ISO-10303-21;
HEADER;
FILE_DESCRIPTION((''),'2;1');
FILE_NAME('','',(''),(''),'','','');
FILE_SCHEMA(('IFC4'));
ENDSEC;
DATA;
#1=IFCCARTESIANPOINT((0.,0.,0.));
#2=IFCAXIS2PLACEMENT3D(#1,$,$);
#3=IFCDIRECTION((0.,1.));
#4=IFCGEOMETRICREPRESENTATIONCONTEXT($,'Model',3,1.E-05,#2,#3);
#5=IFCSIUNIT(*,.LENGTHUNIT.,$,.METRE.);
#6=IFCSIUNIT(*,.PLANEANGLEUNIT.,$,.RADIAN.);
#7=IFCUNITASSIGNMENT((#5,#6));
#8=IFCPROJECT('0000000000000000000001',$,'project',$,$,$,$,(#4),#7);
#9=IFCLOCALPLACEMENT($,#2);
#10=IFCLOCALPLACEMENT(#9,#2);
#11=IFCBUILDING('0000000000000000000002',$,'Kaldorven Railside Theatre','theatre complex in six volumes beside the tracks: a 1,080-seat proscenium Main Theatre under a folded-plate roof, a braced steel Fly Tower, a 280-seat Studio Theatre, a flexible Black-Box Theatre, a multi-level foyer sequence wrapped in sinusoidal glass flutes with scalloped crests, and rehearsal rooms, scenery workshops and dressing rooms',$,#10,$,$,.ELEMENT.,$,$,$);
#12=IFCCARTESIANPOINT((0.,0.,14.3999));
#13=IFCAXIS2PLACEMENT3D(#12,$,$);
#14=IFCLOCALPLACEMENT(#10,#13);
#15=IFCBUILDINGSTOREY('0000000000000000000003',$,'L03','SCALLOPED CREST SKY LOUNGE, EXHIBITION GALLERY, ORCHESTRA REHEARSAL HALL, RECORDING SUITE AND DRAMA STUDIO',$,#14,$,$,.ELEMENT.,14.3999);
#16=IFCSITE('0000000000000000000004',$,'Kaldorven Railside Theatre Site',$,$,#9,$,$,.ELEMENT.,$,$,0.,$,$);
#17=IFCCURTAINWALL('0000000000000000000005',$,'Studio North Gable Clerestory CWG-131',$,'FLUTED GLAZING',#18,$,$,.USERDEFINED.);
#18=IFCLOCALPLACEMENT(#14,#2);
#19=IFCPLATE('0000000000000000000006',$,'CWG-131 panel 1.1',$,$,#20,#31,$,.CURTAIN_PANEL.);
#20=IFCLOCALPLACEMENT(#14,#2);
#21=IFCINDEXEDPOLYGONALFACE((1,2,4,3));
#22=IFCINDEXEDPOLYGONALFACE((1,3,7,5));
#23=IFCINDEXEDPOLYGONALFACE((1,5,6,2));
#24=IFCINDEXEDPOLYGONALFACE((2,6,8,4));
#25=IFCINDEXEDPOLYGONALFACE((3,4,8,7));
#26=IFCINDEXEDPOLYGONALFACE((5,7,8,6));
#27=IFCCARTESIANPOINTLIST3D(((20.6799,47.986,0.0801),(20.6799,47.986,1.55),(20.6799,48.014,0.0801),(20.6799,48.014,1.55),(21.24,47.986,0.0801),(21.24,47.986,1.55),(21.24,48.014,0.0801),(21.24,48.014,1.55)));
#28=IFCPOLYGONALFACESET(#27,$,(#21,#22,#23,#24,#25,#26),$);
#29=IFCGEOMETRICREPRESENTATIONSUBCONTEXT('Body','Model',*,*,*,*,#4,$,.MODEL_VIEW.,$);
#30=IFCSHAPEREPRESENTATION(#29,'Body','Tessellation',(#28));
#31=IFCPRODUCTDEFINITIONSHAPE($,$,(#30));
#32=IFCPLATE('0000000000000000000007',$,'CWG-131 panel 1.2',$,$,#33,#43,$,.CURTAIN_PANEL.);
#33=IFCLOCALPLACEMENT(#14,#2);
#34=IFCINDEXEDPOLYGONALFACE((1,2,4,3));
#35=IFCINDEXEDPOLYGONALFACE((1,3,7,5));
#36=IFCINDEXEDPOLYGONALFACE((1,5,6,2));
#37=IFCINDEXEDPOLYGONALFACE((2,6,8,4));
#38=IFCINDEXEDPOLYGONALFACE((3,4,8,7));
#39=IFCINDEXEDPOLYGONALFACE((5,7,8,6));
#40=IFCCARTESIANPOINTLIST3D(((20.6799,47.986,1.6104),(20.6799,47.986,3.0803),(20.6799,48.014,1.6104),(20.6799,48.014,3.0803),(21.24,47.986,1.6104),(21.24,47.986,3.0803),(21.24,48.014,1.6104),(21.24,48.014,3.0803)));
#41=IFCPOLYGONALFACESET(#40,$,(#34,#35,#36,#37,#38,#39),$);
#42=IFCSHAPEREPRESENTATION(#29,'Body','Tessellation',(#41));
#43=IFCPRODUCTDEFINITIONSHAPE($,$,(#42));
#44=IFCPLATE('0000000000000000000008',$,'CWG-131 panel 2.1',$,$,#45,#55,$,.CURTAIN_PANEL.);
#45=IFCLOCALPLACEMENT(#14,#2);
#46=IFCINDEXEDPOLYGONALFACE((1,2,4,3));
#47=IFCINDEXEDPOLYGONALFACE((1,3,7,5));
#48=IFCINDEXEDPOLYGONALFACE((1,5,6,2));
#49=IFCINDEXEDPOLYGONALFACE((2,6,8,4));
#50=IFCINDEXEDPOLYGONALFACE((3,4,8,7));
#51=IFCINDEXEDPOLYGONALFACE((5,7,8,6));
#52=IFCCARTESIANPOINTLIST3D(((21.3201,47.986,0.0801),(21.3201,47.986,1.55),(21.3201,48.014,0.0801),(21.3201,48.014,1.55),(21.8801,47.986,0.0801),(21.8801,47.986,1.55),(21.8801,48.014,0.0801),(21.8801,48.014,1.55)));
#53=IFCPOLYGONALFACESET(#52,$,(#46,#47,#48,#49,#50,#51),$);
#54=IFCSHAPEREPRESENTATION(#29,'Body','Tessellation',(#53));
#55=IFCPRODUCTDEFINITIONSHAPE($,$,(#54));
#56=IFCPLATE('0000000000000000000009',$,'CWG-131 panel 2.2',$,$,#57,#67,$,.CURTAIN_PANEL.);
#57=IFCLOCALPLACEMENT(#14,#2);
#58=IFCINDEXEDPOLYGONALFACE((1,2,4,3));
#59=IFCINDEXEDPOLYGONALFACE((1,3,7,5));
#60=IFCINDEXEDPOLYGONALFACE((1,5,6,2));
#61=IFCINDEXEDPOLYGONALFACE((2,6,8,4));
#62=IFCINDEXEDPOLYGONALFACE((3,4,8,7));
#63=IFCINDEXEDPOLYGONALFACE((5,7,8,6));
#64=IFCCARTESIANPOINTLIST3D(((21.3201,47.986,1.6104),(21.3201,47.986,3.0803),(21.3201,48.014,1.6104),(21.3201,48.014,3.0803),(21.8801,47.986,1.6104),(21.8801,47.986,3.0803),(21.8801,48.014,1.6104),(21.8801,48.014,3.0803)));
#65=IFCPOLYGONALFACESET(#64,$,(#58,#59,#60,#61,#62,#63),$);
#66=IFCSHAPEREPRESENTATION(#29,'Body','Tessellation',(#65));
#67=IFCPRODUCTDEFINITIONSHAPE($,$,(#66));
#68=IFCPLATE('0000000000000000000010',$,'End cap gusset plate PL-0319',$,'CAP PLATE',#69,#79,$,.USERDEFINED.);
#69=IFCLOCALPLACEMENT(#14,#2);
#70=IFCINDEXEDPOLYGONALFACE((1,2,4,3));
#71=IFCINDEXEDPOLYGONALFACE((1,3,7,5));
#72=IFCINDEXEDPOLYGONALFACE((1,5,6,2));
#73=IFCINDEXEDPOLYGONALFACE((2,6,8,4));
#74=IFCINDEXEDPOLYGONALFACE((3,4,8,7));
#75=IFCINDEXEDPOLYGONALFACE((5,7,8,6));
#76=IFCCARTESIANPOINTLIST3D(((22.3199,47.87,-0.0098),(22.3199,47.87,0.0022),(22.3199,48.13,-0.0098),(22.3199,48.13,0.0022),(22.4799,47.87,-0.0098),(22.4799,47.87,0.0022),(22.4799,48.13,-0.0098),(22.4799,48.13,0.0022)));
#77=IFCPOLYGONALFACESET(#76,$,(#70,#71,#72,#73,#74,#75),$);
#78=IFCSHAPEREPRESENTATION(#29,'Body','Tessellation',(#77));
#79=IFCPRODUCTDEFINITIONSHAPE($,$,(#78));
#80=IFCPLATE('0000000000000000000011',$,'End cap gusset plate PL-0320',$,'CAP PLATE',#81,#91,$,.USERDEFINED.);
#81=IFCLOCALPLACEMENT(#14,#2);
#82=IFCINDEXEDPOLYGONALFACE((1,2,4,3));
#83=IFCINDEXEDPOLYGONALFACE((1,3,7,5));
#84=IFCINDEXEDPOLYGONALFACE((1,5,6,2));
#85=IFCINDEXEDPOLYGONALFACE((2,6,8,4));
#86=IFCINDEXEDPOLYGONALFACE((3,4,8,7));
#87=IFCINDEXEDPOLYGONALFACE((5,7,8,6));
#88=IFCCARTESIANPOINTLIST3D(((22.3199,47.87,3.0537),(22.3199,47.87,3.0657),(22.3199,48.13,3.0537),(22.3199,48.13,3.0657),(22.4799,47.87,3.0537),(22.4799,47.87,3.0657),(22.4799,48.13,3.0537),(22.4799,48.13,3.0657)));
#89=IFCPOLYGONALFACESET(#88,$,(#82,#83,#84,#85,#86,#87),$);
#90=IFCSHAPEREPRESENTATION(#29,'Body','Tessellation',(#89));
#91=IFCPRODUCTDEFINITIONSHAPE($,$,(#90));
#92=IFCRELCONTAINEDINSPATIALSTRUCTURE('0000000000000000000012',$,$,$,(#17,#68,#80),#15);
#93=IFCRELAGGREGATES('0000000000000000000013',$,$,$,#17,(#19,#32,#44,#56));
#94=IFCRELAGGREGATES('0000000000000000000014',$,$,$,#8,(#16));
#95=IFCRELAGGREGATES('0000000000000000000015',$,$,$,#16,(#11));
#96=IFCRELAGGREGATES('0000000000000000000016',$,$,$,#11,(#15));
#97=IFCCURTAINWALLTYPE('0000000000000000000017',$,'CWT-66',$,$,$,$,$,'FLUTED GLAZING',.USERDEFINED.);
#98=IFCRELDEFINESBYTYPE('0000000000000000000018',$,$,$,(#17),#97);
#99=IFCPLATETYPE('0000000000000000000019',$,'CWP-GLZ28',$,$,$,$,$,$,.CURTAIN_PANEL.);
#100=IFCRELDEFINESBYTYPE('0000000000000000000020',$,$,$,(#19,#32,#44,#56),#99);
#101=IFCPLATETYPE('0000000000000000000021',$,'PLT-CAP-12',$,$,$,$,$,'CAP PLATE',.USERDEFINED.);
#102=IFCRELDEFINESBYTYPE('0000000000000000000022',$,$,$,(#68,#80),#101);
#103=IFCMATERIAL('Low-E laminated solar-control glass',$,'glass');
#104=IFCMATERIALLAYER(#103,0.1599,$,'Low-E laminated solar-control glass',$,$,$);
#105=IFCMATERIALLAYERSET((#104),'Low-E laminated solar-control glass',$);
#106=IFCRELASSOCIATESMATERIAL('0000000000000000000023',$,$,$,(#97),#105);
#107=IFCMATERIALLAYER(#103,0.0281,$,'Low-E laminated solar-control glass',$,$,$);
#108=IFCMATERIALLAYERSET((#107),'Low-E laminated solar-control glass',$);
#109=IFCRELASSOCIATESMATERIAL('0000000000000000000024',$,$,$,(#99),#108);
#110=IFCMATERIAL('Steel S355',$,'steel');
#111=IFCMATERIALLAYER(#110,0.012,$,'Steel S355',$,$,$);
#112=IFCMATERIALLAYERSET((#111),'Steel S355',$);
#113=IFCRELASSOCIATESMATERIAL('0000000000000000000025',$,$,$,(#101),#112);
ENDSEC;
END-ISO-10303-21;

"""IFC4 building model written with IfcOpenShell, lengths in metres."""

from ifc_helpers import new_model, si_unit, direction, frame, origin, origin_2d, place, context, subcontext, project, spatial, rectangle, extrude, material, layer, layer_set, type_object, element, aggregate, save


model = new_model("IFC4")

# Units and contexts
model_context = context("Model", 3, precision=1e-05, world=origin(), true_north=direction((0.0, 1.0)))
body_context = subcontext(model_context, "Body", "Model", "MODEL_VIEW")
ifc_project = project(units=[si_unit("LENGTHUNIT", "METRE"), si_unit("PLANEANGLEUNIT", "RADIAN")], contexts=[model_context])

# Site, building, storey
site_placement = place(None, origin())
site = spatial("IfcSite", under=ifc_project, at=site_placement, Name="Kaldorven Railside Theatre Site", CompositionType="ELEMENT", RefElevation=0.0)
building_placement = place(site_placement, origin())
building = spatial("IfcBuilding", under=site, at=building_placement, Name="Kaldorven Railside Theatre", Description="theatre complex in six volumes beside the tracks: a 1,080-seat proscenium Main Theatre under a folded-plate roof, a braced steel Fly Tower, a 280-seat Studio Theatre, a flexible Black-Box Theatre, a multi-level foyer sequence wrapped in sinusoidal glass flutes with scalloped crests, and rehearsal rooms, scenery workshops and dressing rooms", CompositionType="ELEMENT")
storey_placement = place(building_placement, frame((0.0, 0.0, 14.3999)))
storey = spatial("IfcBuildingStorey", under=building, at=storey_placement, Name="L03", Description="SCALLOPED CREST SKY LOUNGE, EXHIBITION GALLERY, ORCHESTRA REHEARSAL HALL, RECORDING SUITE AND DRAMA STUDIO", CompositionType="ELEMENT", Elevation=14.3999)

# Curtain wall
ifc_material_1 = material(Name="Low-E laminated solar-control glass", Category="glass")
ifc_layer_1 = layer(ifc_material_1, 0.1599, Name="Low-E laminated solar-control glass")
ifc_layer_set_1 = layer_set([ifc_layer_1], Name="Low-E laminated solar-control glass")
curtain_wall_type_1 = type_object("IfcCurtainWallType", Name="CWT-66", ElementType="FLUTED GLAZING", PredefinedType="USERDEFINED", material=ifc_layer_set_1)
curtain_wall_1_placement = place(storey_placement, origin())
curtain_wall_1 = element("IfcCurtainWall", 1, at=curtain_wall_1_placement, inside=storey, type_object=curtain_wall_type_1, Name="Studio North Gable Clerestory CWG-131", ObjectType="FLUTED GLAZING", PredefinedType="USERDEFINED")

# Shared definitions
ifc_material_2 = material(Name="Steel S355", Category="steel")

# Plates
ifc_layer_2 = layer(ifc_material_1, 0.0281, Name="Low-E laminated solar-control glass")
ifc_layer_set_2 = layer_set([ifc_layer_2], Name="Low-E laminated solar-control glass")
plate_type_1 = type_object("IfcPlateType", Name="CWP-GLZ28", PredefinedType="CURTAIN_PANEL", material=ifc_layer_set_2)
plate_1_placement = place(storey_placement, frame((20.96, 48.0, 0.0801), z_axis=(0.0, 0.0, 1.0), x_axis=(1.0, 0.0, 0.0)))
plate_1 = element("IfcPlate", 2, at=plate_1_placement, type_object=plate_type_1, Name="CWG-131 panel 1.1", PredefinedType="CURTAIN_PANEL", context=body_context, shape_type="SweptSolid", body=[
    extrude(rectangle(XDim=0.5601, YDim=0.0281, at=origin_2d()), origin(), (0.0, 0.0, 1.0), 1.47),
])
plate_2_placement = place(storey_placement, frame((20.96, 48.0, 1.6104), z_axis=(0.0, 0.0, 1.0), x_axis=(1.0, 0.0, 0.0)))
plate_2 = element("IfcPlate", 3, at=plate_2_placement, type_object=plate_type_1, Name="CWG-131 panel 1.2", PredefinedType="CURTAIN_PANEL", context=body_context, shape_type="SweptSolid", body=[
    extrude(rectangle(XDim=0.5601, YDim=0.0281, at=origin_2d()), origin(), (0.0, 0.0, 1.0), 1.47),
])
plate_3_placement = place(storey_placement, frame((21.6001, 48.0, 0.0801), z_axis=(0.0, 0.0, 1.0), x_axis=(1.0, 0.0, 0.0)))
plate_3 = element("IfcPlate", 4, at=plate_3_placement, type_object=plate_type_1, Name="CWG-131 panel 2.1", PredefinedType="CURTAIN_PANEL", context=body_context, shape_type="SweptSolid", body=[
    extrude(rectangle(XDim=0.5601, YDim=0.0281, at=origin_2d()), origin(), (0.0, 0.0, 1.0), 1.47),
])
plate_4_placement = place(storey_placement, frame((21.6001, 48.0, 1.6104), z_axis=(0.0, 0.0, 1.0), x_axis=(1.0, 0.0, 0.0)))
plate_4 = element("IfcPlate", 5, at=plate_4_placement, type_object=plate_type_1, Name="CWG-131 panel 2.2", PredefinedType="CURTAIN_PANEL", context=body_context, shape_type="SweptSolid", body=[
    extrude(rectangle(XDim=0.5601, YDim=0.0281, at=origin_2d()), origin(), (0.0, 0.0, 1.0), 1.47),
])
aggregate(curtain_wall_1, [plate_1, plate_2, plate_3, plate_4])

# Plates
ifc_layer_3 = layer(ifc_material_2, 0.012, Name="Steel S355")
ifc_layer_set_3 = layer_set([ifc_layer_3], Name="Steel S355")
plate_type_2 = type_object("IfcPlateType", Name="PLT-CAP-12", ElementType="CAP PLATE", PredefinedType="USERDEFINED", material=ifc_layer_set_3)
for number, where, z_axis, x_axis, name in (
    (6, (22.3999, 48.0, -0.0098), (0.0, 0.0, 1.0), (1.0, 0.0, 0.0), "End cap gusset plate PL-0319"),
    (7, (22.3999, 48.0, 3.0537), (0.0, 0.0, 1.0), (1.0, 0.0, 0.0), "End cap gusset plate PL-0320"),
):
    element("IfcPlate", number, at=place(storey_placement, frame(where, z_axis=z_axis, x_axis=x_axis)), inside=storey, type_object=plate_type_2, Name=name, ObjectType="CAP PLATE", PredefinedType="USERDEFINED", context=body_context, shape_type="SweptSolid", body=[
        extrude(rectangle(XDim=0.1599, YDim=0.26, at=origin_2d()), origin(), (0.0, 0.0, 1.0), 0.012),
    ])

save(model, "model.ifc")
